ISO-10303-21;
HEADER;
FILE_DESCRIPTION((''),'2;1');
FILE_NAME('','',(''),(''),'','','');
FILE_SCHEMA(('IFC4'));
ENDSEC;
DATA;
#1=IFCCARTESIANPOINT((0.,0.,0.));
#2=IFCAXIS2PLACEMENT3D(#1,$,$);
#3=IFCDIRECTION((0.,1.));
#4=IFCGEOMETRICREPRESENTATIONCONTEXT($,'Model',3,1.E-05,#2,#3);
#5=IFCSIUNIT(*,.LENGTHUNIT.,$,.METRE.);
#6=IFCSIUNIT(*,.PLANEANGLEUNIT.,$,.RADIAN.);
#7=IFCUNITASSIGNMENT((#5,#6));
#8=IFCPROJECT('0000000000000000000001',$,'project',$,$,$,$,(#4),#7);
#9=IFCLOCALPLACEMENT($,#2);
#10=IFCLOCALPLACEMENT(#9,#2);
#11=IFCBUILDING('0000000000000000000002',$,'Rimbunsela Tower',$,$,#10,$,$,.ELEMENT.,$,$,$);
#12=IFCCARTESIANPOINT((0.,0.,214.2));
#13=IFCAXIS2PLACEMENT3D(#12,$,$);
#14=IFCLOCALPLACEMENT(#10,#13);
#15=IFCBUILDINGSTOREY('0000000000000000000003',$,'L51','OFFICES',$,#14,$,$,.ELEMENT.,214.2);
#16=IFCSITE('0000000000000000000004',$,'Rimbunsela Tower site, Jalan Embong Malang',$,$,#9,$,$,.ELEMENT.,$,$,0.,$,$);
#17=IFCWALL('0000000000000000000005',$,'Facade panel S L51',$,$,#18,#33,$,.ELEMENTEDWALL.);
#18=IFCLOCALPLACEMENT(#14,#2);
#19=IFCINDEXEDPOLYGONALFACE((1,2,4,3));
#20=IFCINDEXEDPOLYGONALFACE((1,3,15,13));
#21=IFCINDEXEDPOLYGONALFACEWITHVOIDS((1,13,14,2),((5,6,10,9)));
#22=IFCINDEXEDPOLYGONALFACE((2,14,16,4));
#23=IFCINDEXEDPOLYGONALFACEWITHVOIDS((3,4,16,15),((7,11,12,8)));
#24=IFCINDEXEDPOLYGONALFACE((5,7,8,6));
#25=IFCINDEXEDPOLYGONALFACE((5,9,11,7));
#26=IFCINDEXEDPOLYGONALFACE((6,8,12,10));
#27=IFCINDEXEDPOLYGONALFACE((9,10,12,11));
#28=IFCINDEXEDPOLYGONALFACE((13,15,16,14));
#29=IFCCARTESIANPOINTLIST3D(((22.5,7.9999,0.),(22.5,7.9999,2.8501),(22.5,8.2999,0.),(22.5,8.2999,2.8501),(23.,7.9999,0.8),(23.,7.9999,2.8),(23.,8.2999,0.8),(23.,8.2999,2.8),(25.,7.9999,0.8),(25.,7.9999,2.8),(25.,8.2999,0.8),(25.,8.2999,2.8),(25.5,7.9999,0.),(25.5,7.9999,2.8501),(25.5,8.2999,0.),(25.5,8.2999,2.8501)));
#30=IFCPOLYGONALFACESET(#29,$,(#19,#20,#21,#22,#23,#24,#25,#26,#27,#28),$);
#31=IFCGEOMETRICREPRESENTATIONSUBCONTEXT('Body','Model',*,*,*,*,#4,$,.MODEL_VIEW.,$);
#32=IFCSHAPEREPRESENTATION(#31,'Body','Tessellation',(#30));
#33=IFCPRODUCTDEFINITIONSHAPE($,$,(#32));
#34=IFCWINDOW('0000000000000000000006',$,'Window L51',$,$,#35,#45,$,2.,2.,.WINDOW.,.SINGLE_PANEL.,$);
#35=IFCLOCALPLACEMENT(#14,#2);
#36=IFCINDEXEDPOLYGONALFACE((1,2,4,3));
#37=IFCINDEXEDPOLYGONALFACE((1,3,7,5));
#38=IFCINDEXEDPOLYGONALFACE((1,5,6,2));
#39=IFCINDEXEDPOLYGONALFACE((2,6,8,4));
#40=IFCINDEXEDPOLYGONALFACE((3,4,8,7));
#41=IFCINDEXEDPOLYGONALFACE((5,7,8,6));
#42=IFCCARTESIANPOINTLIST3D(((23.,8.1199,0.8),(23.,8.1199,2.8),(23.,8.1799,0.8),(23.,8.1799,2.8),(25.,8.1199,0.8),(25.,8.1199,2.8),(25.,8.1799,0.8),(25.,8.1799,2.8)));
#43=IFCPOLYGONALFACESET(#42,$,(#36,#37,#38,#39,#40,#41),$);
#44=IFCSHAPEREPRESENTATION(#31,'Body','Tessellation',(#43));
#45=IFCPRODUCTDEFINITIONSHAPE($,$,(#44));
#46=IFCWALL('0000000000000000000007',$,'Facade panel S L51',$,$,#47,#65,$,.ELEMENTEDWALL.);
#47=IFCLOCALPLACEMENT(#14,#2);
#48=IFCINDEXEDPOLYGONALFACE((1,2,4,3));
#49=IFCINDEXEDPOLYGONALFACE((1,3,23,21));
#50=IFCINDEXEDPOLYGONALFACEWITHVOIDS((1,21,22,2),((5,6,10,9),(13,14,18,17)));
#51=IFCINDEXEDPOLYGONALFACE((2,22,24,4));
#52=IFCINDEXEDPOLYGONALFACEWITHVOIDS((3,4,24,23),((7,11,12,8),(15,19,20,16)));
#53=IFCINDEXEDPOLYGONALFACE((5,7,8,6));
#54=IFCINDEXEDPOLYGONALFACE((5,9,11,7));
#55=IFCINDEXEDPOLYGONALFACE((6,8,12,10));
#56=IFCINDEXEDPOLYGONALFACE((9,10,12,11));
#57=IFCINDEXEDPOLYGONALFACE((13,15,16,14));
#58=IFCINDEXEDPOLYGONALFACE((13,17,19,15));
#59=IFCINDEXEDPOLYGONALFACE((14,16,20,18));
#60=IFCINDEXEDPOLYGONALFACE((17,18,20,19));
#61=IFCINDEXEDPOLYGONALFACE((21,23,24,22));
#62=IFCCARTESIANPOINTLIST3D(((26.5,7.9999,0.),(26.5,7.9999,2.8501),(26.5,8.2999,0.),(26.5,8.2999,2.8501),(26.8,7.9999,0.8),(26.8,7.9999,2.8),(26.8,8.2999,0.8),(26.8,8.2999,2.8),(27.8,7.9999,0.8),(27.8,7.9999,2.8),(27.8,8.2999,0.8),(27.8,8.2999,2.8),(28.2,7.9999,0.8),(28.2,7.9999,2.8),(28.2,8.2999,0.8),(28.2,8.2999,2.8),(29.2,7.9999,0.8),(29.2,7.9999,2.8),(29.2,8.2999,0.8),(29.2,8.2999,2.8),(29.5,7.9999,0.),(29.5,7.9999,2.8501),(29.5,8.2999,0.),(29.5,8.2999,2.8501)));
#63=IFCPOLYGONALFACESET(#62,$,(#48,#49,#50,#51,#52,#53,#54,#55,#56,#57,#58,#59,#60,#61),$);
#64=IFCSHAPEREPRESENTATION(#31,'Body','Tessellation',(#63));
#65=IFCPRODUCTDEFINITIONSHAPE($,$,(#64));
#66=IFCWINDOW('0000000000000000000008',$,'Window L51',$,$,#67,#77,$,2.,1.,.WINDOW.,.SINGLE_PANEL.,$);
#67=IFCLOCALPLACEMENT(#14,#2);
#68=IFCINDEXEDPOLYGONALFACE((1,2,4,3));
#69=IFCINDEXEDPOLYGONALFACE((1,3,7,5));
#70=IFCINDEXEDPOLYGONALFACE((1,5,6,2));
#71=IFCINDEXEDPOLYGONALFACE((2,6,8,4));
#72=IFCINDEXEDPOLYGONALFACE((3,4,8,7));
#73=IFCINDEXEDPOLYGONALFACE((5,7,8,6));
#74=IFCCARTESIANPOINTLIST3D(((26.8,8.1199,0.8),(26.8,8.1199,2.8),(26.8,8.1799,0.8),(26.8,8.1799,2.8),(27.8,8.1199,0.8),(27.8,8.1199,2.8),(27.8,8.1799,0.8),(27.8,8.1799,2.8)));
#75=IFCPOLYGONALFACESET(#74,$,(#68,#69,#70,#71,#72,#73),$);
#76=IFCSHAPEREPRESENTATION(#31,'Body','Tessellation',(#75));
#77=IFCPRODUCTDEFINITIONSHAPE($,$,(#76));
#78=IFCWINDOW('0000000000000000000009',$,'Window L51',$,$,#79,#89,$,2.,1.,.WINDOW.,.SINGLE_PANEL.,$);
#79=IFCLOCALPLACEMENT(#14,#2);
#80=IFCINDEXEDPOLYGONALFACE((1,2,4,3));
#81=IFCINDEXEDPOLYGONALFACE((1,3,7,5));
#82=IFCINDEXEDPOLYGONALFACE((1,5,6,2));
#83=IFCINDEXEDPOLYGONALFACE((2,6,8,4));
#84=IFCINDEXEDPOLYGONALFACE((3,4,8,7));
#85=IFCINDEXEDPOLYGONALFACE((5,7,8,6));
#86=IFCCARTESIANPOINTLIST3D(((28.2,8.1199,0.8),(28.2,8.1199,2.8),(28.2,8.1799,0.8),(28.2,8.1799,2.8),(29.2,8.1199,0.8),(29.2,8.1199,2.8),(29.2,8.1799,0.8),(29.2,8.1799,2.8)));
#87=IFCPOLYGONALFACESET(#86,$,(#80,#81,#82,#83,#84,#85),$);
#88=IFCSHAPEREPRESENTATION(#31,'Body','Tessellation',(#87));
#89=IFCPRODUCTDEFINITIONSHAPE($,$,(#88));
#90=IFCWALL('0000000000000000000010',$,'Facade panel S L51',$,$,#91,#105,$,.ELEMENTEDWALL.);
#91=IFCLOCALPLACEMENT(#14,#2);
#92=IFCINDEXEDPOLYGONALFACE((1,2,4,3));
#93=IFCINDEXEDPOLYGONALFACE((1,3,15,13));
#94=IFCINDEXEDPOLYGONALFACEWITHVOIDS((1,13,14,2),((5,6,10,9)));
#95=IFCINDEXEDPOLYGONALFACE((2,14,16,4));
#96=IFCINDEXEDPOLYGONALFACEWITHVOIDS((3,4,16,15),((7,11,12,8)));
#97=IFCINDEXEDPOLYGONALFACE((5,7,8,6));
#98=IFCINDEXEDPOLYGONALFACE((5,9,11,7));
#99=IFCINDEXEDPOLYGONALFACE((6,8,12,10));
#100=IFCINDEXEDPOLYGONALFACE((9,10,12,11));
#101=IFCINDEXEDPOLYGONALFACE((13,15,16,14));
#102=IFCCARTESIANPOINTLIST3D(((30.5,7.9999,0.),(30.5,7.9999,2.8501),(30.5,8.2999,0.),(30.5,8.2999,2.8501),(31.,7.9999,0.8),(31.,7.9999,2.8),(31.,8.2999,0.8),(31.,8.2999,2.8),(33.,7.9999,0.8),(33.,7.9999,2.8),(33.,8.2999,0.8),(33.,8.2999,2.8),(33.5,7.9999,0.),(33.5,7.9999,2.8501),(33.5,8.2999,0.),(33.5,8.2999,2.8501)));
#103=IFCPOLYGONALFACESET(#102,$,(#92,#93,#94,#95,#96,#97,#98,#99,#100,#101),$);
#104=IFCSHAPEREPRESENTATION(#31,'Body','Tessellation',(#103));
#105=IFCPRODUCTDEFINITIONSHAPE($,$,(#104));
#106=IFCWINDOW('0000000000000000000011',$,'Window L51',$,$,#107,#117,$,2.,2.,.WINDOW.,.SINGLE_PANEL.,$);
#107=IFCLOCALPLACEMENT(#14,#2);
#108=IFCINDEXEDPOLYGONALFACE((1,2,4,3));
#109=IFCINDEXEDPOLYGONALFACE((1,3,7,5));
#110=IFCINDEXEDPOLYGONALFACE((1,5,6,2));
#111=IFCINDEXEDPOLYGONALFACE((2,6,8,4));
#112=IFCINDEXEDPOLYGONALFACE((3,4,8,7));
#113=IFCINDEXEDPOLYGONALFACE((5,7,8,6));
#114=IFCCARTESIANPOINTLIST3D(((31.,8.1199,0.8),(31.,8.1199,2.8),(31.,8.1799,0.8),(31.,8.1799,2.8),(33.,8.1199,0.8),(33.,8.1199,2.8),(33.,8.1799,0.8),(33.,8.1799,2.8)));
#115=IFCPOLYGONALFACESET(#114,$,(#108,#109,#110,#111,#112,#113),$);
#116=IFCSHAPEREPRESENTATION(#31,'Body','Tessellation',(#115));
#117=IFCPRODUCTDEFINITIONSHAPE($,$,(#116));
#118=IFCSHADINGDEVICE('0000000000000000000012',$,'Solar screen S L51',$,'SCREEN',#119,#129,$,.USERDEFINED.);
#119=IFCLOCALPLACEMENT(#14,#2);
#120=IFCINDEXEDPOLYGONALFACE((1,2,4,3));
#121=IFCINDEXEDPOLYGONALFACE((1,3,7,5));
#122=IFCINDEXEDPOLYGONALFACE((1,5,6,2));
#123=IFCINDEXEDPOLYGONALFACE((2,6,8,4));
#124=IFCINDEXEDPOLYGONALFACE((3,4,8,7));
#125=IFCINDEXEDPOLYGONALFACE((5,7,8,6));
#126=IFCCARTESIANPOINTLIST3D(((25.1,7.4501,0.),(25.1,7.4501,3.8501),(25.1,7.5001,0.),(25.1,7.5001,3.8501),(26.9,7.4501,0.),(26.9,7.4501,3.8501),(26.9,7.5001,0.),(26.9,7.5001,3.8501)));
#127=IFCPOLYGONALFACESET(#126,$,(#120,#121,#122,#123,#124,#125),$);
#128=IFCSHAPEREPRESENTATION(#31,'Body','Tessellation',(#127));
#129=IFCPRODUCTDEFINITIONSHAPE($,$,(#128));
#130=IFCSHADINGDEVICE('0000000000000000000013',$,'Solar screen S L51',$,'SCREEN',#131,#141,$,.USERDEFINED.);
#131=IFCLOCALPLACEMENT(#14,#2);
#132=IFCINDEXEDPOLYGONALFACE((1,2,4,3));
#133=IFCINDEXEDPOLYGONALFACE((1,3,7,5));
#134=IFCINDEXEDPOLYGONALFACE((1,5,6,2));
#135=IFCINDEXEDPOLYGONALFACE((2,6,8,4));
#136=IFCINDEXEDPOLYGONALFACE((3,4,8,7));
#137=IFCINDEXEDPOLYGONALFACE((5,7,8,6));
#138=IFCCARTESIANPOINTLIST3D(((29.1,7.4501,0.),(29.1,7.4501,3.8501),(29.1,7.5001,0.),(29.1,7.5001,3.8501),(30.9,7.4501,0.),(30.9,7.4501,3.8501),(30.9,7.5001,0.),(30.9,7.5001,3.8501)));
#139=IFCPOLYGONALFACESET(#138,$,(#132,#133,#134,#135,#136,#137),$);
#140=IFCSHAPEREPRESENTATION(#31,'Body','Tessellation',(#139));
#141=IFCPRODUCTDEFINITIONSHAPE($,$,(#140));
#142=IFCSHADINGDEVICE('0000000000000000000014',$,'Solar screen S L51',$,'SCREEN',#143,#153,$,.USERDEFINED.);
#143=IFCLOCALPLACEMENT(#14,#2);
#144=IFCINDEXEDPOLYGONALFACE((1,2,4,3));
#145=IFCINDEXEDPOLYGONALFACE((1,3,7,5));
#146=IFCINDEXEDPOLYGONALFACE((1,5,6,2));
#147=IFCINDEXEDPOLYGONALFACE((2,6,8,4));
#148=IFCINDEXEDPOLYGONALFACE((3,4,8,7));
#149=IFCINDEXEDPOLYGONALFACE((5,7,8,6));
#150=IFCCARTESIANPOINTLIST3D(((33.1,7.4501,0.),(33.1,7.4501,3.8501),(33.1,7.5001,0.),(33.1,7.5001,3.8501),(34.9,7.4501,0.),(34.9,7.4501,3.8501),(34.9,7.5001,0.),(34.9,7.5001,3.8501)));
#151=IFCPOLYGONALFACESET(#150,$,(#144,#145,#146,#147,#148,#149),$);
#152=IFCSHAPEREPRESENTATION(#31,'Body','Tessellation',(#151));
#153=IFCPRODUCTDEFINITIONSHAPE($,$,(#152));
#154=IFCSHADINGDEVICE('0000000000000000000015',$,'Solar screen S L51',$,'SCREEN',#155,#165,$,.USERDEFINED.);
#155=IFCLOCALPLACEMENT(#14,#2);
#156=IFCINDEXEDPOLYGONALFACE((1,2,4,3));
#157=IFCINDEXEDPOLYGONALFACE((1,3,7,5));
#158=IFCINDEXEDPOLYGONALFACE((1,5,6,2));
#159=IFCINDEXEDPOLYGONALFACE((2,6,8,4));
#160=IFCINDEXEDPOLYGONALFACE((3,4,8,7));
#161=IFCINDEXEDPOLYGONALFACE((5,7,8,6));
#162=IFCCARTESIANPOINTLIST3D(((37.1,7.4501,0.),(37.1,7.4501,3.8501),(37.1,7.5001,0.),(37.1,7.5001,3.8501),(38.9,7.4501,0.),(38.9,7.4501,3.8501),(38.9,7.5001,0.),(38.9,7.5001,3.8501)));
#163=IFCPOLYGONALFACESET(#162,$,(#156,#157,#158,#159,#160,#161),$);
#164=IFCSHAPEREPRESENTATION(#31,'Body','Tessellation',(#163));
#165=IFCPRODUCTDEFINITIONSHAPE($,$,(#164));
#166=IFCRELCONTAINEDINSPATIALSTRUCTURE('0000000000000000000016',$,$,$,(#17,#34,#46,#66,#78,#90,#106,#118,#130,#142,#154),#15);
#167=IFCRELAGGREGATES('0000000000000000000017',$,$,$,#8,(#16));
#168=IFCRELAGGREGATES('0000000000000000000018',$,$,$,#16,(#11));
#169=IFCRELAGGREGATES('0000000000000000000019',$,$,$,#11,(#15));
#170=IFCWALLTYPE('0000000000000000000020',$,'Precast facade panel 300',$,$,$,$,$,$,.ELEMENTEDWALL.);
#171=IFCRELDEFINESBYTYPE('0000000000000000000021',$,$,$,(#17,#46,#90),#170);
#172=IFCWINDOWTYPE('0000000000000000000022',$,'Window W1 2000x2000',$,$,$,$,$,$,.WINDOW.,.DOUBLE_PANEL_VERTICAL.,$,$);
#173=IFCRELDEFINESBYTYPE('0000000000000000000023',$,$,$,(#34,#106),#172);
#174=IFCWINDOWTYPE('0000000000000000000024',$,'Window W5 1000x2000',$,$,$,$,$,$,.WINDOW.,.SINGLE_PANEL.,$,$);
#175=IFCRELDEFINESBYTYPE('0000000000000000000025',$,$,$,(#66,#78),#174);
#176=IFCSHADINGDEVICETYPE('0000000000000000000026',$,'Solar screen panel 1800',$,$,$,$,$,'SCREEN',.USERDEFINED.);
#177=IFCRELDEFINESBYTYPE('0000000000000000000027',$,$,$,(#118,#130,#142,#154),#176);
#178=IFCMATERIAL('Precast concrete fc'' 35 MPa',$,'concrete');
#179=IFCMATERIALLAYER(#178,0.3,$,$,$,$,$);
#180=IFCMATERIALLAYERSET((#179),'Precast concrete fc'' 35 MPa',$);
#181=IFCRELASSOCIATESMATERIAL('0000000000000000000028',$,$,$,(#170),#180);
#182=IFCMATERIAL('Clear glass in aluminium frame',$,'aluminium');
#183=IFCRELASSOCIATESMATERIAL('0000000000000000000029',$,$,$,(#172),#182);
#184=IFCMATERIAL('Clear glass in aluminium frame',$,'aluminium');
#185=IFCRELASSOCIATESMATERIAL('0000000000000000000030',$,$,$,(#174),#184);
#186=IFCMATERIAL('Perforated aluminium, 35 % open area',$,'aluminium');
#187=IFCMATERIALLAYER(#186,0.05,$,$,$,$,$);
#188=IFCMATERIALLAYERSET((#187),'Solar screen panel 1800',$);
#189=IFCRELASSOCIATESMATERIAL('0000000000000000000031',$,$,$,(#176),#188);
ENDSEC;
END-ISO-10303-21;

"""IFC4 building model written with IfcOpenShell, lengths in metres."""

from ifc_helpers import new_model, si_unit, direction, frame, frame_2d, origin, origin_2d, place, context, subcontext, project, spatial, rectangle, extrude, material, layer, layer_set, type_object, element, fill, save


model = new_model("IFC4")

# Units and contexts
model_context = context("Model", 3, precision=1e-05, world=origin(), true_north=direction((0.0, 1.0)))
body_context = subcontext(model_context, "Body", "Model", "MODEL_VIEW")
ifc_project = project(units=[si_unit("LENGTHUNIT", "METRE"), si_unit("PLANEANGLEUNIT", "RADIAN")], contexts=[model_context])

# Site, building, storey
site_placement = place(None, origin())
site = spatial("IfcSite", under=ifc_project, at=site_placement, Name="Rimbunsela Tower site, Jalan Embong Malang", CompositionType="ELEMENT", RefElevation=0.0)
building_placement = place(site_placement, origin())
building = spatial("IfcBuilding", under=site, at=building_placement, Name="Rimbunsela Tower", CompositionType="ELEMENT")
storey_placement = place(building_placement, frame((0.0, 0.0, 214.2)))
storey = spatial("IfcBuildingStorey", under=building, at=storey_placement, Name="L51", Description="OFFICES", CompositionType="ELEMENT", Elevation=214.2)

# Wall, opening, window
ifc_material_1 = material(Name="Precast concrete fc' 35 MPa", Category="concrete")
ifc_layer_1 = layer(ifc_material_1, 0.3)
ifc_layer_set_1 = layer_set([ifc_layer_1], Name="Precast concrete fc' 35 MPa")
wall_type = type_object("IfcWallType", Name="Precast facade panel 300", PredefinedType="ELEMENTEDWALL", material=ifc_layer_set_1)
wall_1_placement = place(storey_placement, frame((22.5, 8.1499, 0.0), z_axis=(0.0, 0.0, 1.0), x_axis=(1.0, 0.0, 0.0)))
wall_1 = element("IfcWall", 1, at=wall_1_placement, inside=storey, type_object=wall_type, Name="Facade panel S L51", PredefinedType="ELEMENTEDWALL", context=body_context, shape_type="SweptSolid", body=[
    extrude(rectangle(XDim=3.0, YDim=0.3, at=frame_2d((1.5, 0.0))), origin(), (0.0, 0.0, 1.0), 2.8501),
])
opening_1_placement = place(wall_1_placement, frame((0.5, 0.0, 0.8)))
opening_1 = element("IfcOpeningElement", 2, at=opening_1_placement, cuts=wall_1, PredefinedType="OPENING", context=body_context, shape_type="SweptSolid", body=[
    extrude(rectangle(XDim=2.0, YDim=2.0, at=frame_2d((1.0, 1.0))), frame((0.0, 0.1599, 0.0), z_axis=(0.0, -1.0, 0.0), x_axis=(1.0, 0.0, 0.0)), (0.0, 0.0, 1.0), 0.3201),
])
ifc_material_2 = material(Name="Clear glass in aluminium frame", Category="aluminium")
window_type_1 = type_object("IfcWindowType", Name="Window W1 2000x2000", PartitioningType="DOUBLE_PANEL_VERTICAL", PredefinedType="WINDOW", material=ifc_material_2)
window_1_placement = place(opening_1_placement, origin())
window_1 = element("IfcWindow", 3, at=window_1_placement, inside=storey, type_object=window_type_1, Name="Window L51", OverallHeight=2.0, OverallWidth=2.0, PartitioningType="SINGLE_PANEL", PredefinedType="WINDOW", context=body_context, shape_type="SweptSolid", body=[
    extrude(rectangle(XDim=2.0, YDim=2.0, at=frame_2d((1.0, 1.0))), frame((0.0, 0.03, 0.0), z_axis=(0.0, -1.0, 0.0), x_axis=(1.0, 0.0, 0.0)), (0.0, 0.0, 1.0), 0.0601),
])
fill(opening_1, window_1)

# Wall, openings, windows
wall_2_placement = place(storey_placement, frame((26.5, 8.1499, 0.0), z_axis=(0.0, 0.0, 1.0), x_axis=(1.0, 0.0, 0.0)))
wall_2 = element("IfcWall", 4, at=wall_2_placement, inside=storey, type_object=wall_type, Name="Facade panel S L51", PredefinedType="ELEMENTEDWALL", context=body_context, shape_type="SweptSolid", body=[
    extrude(rectangle(XDim=3.0, YDim=0.3, at=frame_2d((1.5, 0.0))), origin(), (0.0, 0.0, 1.0), 2.8501),
])
opening_2_placement = place(wall_2_placement, frame((0.3, 0.0, 0.8)))
opening_2 = element("IfcOpeningElement", 5, at=opening_2_placement, cuts=wall_2, PredefinedType="OPENING", context=body_context, shape_type="SweptSolid", body=[
    extrude(rectangle(XDim=1.0, YDim=2.0, at=frame_2d((0.5, 1.0))), frame((0.0, 0.1599, 0.0), z_axis=(0.0, -1.0, 0.0), x_axis=(1.0, 0.0, 0.0)), (0.0, 0.0, 1.0), 0.3201),
])
opening_3_placement = place(wall_2_placement, frame((1.7, 0.0, 0.8)))
opening_3 = element("IfcOpeningElement", 6, at=opening_3_placement, cuts=wall_2, PredefinedType="OPENING", context=body_context, shape_type="SweptSolid", body=[
    extrude(rectangle(XDim=1.0, YDim=2.0, at=frame_2d((0.5, 1.0))), frame((0.0, 0.1599, 0.0), z_axis=(0.0, -1.0, 0.0), x_axis=(1.0, 0.0, 0.0)), (0.0, 0.0, 1.0), 0.3201),
])
ifc_material_3 = material(Name="Clear glass in aluminium frame", Category="aluminium")
window_type_2 = type_object("IfcWindowType", Name="Window W5 1000x2000", PartitioningType="SINGLE_PANEL", PredefinedType="WINDOW", material=ifc_material_3)
window_2_placement = place(opening_2_placement, origin())
window_2 = element("IfcWindow", 7, at=window_2_placement, inside=storey, type_object=window_type_2, Name="Window L51", OverallHeight=2.0, OverallWidth=1.0, PartitioningType="SINGLE_PANEL", PredefinedType="WINDOW", context=body_context, shape_type="SweptSolid", body=[
    extrude(rectangle(XDim=1.0, YDim=2.0, at=frame_2d((0.5, 1.0))), frame((0.0, 0.03, 0.0), z_axis=(0.0, -1.0, 0.0), x_axis=(1.0, 0.0, 0.0)), (0.0, 0.0, 1.0), 0.0601),
])
fill(opening_2, window_2)
window_3_placement = place(opening_3_placement, origin())
window_3 = element("IfcWindow", 8, at=window_3_placement, inside=storey, type_object=window_type_2, Name="Window L51", OverallHeight=2.0, OverallWidth=1.0, PartitioningType="SINGLE_PANEL", PredefinedType="WINDOW", context=body_context, shape_type="SweptSolid", body=[
    extrude(rectangle(XDim=1.0, YDim=2.0, at=frame_2d((0.5, 1.0))), frame((0.0, 0.03, 0.0), z_axis=(0.0, -1.0, 0.0), x_axis=(1.0, 0.0, 0.0)), (0.0, 0.0, 1.0), 0.0601),
])
fill(opening_3, window_3)

# Wall, opening, window
wall_3_placement = place(storey_placement, frame((30.5, 8.1499, 0.0), z_axis=(0.0, 0.0, 1.0), x_axis=(1.0, 0.0, 0.0)))
wall_3 = element("IfcWall", 9, at=wall_3_placement, inside=storey, type_object=wall_type, Name="Facade panel S L51", PredefinedType="ELEMENTEDWALL", context=body_context, shape_type="SweptSolid", body=[
    extrude(rectangle(XDim=3.0, YDim=0.3, at=frame_2d((1.5, 0.0))), origin(), (0.0, 0.0, 1.0), 2.8501),
])
opening_4_placement = place(wall_3_placement, frame((0.5, 0.0, 0.8)))
opening_4 = element("IfcOpeningElement", 10, at=opening_4_placement, cuts=wall_3, PredefinedType="OPENING", context=body_context, shape_type="SweptSolid", body=[
    extrude(rectangle(XDim=2.0, YDim=2.0, at=frame_2d((1.0, 1.0))), frame((0.0, 0.1599, 0.0), z_axis=(0.0, -1.0, 0.0), x_axis=(1.0, 0.0, 0.0)), (0.0, 0.0, 1.0), 0.3201),
])
window_4_placement = place(opening_4_placement, origin())
window_4 = element("IfcWindow", 11, at=window_4_placement, inside=storey, type_object=window_type_1, Name="Window L51", OverallHeight=2.0, OverallWidth=2.0, PartitioningType="SINGLE_PANEL", PredefinedType="WINDOW", context=body_context, shape_type="SweptSolid", body=[
    extrude(rectangle(XDim=2.0, YDim=2.0, at=frame_2d((1.0, 1.0))), frame((0.0, 0.03, 0.0), z_axis=(0.0, -1.0, 0.0), x_axis=(1.0, 0.0, 0.0)), (0.0, 0.0, 1.0), 0.0601),
])
fill(opening_4, window_4)

# Shading devices
ifc_material_4 = material(Name="Perforated aluminium, 35 % open area", Category="aluminium")
ifc_layer_2 = layer(ifc_material_4, 0.05)
ifc_layer_set_2 = layer_set([ifc_layer_2], Name="Solar screen panel 1800")
shading_device_type = type_object("IfcShadingDeviceType", Name="Solar screen panel 1800", ElementType="SCREEN", PredefinedType="USERDEFINED", material=ifc_layer_set_2)
for number, where, z_axis, x_axis, name in (
    (12, (26.0, 7.4751, 0.0), (0.0, 0.0, 1.0), (1.0, 0.0, 0.0), "Solar screen S L51"),
    (13, (30.0, 7.4751, 0.0), (0.0, 0.0, 1.0), (1.0, 0.0, 0.0), "Solar screen S L51"),
    (14, (34.0, 7.4751, 0.0), (0.0, 0.0, 1.0), (1.0, 0.0, 0.0), "Solar screen S L51"),
    (15, (38.0, 7.4751, 0.0), (0.0, 0.0, 1.0), (1.0, 0.0, 0.0), "Solar screen S L51"),
):
    element("IfcShadingDevice", number, at=place(storey_placement, frame(where, z_axis=z_axis, x_axis=x_axis)), inside=storey, type_object=shading_device_type, Name=name, ObjectType="SCREEN", PredefinedType="USERDEFINED", context=body_context, shape_type="SweptSolid", body=[
        extrude(rectangle(XDim=1.8, YDim=0.05, at=origin_2d()), origin(), (0.0, 0.0, 1.0), 3.8501),
    ])

save(model, "model.ifc")
